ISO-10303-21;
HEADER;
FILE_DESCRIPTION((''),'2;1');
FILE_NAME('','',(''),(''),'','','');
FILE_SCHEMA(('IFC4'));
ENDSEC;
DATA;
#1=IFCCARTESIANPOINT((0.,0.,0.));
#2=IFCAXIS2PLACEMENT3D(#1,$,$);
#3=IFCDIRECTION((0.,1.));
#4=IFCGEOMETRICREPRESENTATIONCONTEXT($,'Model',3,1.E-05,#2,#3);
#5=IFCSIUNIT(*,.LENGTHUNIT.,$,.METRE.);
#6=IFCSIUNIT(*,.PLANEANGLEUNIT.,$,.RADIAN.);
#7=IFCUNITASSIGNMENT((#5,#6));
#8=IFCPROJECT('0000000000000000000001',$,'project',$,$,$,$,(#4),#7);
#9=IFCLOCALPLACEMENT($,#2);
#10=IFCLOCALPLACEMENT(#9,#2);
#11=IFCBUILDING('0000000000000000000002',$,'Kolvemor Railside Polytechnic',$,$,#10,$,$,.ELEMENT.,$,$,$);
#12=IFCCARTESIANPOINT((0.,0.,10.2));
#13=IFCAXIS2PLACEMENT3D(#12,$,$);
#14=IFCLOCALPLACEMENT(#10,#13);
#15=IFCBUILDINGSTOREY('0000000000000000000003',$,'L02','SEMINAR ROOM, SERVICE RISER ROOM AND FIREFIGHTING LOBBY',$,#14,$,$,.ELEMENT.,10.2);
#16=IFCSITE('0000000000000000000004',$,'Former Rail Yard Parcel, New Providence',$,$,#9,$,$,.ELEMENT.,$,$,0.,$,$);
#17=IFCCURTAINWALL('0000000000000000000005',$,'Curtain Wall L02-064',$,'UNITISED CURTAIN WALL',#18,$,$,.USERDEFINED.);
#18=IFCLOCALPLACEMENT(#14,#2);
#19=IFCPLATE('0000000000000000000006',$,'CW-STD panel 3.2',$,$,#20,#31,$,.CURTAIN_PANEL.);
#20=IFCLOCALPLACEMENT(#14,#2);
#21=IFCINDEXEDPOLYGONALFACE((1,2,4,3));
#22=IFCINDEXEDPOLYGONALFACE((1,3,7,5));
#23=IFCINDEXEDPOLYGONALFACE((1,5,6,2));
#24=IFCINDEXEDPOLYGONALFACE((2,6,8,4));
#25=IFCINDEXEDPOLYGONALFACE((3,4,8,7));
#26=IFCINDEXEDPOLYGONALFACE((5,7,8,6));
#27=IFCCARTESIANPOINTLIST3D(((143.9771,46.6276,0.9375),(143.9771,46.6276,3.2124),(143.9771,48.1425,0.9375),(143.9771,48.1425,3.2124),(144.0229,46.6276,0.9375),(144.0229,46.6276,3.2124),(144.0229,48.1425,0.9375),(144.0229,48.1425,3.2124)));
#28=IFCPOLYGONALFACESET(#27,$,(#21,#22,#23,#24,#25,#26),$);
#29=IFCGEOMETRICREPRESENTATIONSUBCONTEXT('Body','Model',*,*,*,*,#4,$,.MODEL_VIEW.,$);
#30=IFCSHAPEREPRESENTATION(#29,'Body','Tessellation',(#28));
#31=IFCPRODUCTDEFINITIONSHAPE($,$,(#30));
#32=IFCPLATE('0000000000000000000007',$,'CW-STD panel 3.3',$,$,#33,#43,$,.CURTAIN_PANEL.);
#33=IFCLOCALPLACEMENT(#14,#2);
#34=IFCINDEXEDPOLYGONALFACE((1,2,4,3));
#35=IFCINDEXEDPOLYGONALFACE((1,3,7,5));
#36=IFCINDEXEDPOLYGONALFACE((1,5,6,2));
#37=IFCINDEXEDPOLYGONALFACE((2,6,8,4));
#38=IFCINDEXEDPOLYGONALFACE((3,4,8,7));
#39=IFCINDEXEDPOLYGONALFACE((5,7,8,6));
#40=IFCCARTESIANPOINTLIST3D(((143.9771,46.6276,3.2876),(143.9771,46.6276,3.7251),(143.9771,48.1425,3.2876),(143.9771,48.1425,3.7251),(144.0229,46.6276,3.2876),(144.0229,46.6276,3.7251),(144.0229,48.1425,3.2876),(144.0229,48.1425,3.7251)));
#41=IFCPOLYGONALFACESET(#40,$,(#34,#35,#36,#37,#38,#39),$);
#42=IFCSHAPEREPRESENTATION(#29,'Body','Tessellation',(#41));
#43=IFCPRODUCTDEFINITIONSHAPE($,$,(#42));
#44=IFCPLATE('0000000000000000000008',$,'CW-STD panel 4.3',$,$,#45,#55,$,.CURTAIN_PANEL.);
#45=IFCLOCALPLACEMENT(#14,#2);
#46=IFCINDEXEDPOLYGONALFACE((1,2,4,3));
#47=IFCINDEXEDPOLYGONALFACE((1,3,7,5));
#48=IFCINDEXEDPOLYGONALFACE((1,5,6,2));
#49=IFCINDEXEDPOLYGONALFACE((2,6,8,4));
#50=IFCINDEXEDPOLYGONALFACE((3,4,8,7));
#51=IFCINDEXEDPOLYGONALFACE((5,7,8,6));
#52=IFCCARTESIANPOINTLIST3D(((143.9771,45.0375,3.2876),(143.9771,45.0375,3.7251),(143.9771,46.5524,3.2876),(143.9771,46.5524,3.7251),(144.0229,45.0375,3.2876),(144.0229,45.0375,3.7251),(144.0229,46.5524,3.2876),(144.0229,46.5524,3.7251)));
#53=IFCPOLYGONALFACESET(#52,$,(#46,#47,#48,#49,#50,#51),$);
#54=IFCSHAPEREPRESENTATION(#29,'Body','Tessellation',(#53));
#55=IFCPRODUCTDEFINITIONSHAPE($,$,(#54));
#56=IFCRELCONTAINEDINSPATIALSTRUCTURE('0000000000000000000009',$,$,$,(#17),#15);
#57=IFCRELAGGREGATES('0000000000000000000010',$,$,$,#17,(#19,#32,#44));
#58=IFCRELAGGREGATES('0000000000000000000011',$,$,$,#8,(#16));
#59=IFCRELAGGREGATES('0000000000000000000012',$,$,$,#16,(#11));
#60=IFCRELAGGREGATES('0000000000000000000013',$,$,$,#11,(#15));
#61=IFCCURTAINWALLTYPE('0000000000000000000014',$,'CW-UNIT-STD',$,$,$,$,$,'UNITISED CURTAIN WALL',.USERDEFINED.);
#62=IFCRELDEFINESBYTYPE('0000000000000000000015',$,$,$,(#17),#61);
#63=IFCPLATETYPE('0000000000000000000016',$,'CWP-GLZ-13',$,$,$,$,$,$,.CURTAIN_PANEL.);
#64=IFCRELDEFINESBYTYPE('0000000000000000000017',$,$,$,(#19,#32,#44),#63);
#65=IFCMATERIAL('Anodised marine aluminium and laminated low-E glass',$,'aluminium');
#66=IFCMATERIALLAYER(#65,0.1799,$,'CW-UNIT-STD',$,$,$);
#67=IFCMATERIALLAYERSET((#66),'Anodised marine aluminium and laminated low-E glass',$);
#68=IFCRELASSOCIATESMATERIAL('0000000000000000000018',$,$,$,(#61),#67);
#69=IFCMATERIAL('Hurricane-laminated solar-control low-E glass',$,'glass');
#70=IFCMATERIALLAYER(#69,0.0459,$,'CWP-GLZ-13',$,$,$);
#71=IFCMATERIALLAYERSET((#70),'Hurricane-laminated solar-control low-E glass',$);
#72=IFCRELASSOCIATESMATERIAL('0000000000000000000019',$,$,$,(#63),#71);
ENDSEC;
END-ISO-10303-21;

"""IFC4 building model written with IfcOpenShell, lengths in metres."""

from ifc_helpers import new_model, si_unit, direction, frame, origin, origin_2d, place, context, subcontext, project, spatial, rectangle, extrude, material, layer, layer_set, type_object, element, aggregate, save


model = new_model("IFC4")

# Units and contexts
model_context = context("Model", 3, precision=1e-05, world=origin(), true_north=direction((0.0, 1.0)))
body_context = subcontext(model_context, "Body", "Model", "MODEL_VIEW")
ifc_project = project(units=[si_unit("LENGTHUNIT", "METRE"), si_unit("PLANEANGLEUNIT", "RADIAN")], contexts=[model_context])

# Site, building, storey
site_placement = place(None, origin())
site = spatial("IfcSite", under=ifc_project, at=site_placement, Name="Former Rail Yard Parcel, New Providence", CompositionType="ELEMENT", RefElevation=0.0)
building_placement = place(site_placement, origin())
building = spatial("IfcBuilding", under=site, at=building_placement, Name="Kolvemor Railside Polytechnic", CompositionType="ELEMENT")
storey_placement = place(building_placement, frame((0.0, 0.0, 10.2)))
storey = spatial("IfcBuildingStorey", under=building, at=storey_placement, Name="L02", Description="SEMINAR ROOM, SERVICE RISER ROOM AND FIREFIGHTING LOBBY", CompositionType="ELEMENT", Elevation=10.2)

# Curtain wall
ifc_material_1 = material(Name="Anodised marine aluminium and laminated low-E glass", Category="aluminium")
ifc_layer_1 = layer(ifc_material_1, 0.1799, Name="CW-UNIT-STD")
ifc_layer_set_1 = layer_set([ifc_layer_1], Name="Anodised marine aluminium and laminated low-E glass")
curtain_wall_type = type_object("IfcCurtainWallType", Name="CW-UNIT-STD", ElementType="UNITISED CURTAIN WALL", PredefinedType="USERDEFINED", material=ifc_layer_set_1)
curtain_wall_1_placement = place(storey_placement, origin())
curtain_wall_1 = element("IfcCurtainWall", 1, at=curtain_wall_1_placement, inside=storey, type_object=curtain_wall_type, Name="Curtain Wall L02-064", ObjectType="UNITISED CURTAIN WALL", PredefinedType="USERDEFINED")

# Plates
ifc_material_2 = material(Name="Hurricane-laminated solar-control low-E glass", Category="glass")
ifc_layer_2 = layer(ifc_material_2, 0.0459, Name="CWP-GLZ-13")
ifc_layer_set_2 = layer_set([ifc_layer_2], Name="Hurricane-laminated solar-control low-E glass")
plate_type = type_object("IfcPlateType", Name="CWP-GLZ-13", PredefinedType="CURTAIN_PANEL", material=ifc_layer_set_2)
plate_1_placement = place(storey_placement, frame((144.0, 47.385, 0.9375), z_axis=(0.0, 0.0, 1.0), x_axis=(0.0, -1.0, 0.0)))
plate_1 = element("IfcPlate", 2, at=plate_1_placement, type_object=plate_type, Name="CW-STD panel 3.2", PredefinedType="CURTAIN_PANEL", context=body_context, shape_type="SweptSolid", body=[
    extrude(rectangle(XDim=1.5149, YDim=0.0459, at=origin_2d()), origin(), (0.0, 0.0, 1.0), 2.2749),
])
plate_2_placement = place(storey_placement, frame((144.0, 47.385, 3.2876), z_axis=(0.0, 0.0, 1.0), x_axis=(0.0, -1.0, 0.0)))
plate_2 = element("IfcPlate", 3, at=plate_2_placement, type_object=plate_type, Name="CW-STD panel 3.3", PredefinedType="CURTAIN_PANEL", context=body_context, shape_type="SweptSolid", body=[
    extrude(rectangle(XDim=1.5149, YDim=0.0459, at=origin_2d()), origin(), (0.0, 0.0, 1.0), 0.4375),
])
plate_3_placement = place(storey_placement, frame((144.0, 45.7949, 3.2876), z_axis=(0.0, 0.0, 1.0), x_axis=(0.0, -1.0, 0.0)))
plate_3 = element("IfcPlate", 4, at=plate_3_placement, type_object=plate_type, Name="CW-STD panel 4.3", PredefinedType="CURTAIN_PANEL", context=body_context, shape_type="SweptSolid", body=[
    extrude(rectangle(XDim=1.5149, YDim=0.0459, at=origin_2d()), origin(), (0.0, 0.0, 1.0), 0.4375),
])
aggregate(curtain_wall_1, [plate_1, plate_2, plate_3])

save(model, "model.ifc")
